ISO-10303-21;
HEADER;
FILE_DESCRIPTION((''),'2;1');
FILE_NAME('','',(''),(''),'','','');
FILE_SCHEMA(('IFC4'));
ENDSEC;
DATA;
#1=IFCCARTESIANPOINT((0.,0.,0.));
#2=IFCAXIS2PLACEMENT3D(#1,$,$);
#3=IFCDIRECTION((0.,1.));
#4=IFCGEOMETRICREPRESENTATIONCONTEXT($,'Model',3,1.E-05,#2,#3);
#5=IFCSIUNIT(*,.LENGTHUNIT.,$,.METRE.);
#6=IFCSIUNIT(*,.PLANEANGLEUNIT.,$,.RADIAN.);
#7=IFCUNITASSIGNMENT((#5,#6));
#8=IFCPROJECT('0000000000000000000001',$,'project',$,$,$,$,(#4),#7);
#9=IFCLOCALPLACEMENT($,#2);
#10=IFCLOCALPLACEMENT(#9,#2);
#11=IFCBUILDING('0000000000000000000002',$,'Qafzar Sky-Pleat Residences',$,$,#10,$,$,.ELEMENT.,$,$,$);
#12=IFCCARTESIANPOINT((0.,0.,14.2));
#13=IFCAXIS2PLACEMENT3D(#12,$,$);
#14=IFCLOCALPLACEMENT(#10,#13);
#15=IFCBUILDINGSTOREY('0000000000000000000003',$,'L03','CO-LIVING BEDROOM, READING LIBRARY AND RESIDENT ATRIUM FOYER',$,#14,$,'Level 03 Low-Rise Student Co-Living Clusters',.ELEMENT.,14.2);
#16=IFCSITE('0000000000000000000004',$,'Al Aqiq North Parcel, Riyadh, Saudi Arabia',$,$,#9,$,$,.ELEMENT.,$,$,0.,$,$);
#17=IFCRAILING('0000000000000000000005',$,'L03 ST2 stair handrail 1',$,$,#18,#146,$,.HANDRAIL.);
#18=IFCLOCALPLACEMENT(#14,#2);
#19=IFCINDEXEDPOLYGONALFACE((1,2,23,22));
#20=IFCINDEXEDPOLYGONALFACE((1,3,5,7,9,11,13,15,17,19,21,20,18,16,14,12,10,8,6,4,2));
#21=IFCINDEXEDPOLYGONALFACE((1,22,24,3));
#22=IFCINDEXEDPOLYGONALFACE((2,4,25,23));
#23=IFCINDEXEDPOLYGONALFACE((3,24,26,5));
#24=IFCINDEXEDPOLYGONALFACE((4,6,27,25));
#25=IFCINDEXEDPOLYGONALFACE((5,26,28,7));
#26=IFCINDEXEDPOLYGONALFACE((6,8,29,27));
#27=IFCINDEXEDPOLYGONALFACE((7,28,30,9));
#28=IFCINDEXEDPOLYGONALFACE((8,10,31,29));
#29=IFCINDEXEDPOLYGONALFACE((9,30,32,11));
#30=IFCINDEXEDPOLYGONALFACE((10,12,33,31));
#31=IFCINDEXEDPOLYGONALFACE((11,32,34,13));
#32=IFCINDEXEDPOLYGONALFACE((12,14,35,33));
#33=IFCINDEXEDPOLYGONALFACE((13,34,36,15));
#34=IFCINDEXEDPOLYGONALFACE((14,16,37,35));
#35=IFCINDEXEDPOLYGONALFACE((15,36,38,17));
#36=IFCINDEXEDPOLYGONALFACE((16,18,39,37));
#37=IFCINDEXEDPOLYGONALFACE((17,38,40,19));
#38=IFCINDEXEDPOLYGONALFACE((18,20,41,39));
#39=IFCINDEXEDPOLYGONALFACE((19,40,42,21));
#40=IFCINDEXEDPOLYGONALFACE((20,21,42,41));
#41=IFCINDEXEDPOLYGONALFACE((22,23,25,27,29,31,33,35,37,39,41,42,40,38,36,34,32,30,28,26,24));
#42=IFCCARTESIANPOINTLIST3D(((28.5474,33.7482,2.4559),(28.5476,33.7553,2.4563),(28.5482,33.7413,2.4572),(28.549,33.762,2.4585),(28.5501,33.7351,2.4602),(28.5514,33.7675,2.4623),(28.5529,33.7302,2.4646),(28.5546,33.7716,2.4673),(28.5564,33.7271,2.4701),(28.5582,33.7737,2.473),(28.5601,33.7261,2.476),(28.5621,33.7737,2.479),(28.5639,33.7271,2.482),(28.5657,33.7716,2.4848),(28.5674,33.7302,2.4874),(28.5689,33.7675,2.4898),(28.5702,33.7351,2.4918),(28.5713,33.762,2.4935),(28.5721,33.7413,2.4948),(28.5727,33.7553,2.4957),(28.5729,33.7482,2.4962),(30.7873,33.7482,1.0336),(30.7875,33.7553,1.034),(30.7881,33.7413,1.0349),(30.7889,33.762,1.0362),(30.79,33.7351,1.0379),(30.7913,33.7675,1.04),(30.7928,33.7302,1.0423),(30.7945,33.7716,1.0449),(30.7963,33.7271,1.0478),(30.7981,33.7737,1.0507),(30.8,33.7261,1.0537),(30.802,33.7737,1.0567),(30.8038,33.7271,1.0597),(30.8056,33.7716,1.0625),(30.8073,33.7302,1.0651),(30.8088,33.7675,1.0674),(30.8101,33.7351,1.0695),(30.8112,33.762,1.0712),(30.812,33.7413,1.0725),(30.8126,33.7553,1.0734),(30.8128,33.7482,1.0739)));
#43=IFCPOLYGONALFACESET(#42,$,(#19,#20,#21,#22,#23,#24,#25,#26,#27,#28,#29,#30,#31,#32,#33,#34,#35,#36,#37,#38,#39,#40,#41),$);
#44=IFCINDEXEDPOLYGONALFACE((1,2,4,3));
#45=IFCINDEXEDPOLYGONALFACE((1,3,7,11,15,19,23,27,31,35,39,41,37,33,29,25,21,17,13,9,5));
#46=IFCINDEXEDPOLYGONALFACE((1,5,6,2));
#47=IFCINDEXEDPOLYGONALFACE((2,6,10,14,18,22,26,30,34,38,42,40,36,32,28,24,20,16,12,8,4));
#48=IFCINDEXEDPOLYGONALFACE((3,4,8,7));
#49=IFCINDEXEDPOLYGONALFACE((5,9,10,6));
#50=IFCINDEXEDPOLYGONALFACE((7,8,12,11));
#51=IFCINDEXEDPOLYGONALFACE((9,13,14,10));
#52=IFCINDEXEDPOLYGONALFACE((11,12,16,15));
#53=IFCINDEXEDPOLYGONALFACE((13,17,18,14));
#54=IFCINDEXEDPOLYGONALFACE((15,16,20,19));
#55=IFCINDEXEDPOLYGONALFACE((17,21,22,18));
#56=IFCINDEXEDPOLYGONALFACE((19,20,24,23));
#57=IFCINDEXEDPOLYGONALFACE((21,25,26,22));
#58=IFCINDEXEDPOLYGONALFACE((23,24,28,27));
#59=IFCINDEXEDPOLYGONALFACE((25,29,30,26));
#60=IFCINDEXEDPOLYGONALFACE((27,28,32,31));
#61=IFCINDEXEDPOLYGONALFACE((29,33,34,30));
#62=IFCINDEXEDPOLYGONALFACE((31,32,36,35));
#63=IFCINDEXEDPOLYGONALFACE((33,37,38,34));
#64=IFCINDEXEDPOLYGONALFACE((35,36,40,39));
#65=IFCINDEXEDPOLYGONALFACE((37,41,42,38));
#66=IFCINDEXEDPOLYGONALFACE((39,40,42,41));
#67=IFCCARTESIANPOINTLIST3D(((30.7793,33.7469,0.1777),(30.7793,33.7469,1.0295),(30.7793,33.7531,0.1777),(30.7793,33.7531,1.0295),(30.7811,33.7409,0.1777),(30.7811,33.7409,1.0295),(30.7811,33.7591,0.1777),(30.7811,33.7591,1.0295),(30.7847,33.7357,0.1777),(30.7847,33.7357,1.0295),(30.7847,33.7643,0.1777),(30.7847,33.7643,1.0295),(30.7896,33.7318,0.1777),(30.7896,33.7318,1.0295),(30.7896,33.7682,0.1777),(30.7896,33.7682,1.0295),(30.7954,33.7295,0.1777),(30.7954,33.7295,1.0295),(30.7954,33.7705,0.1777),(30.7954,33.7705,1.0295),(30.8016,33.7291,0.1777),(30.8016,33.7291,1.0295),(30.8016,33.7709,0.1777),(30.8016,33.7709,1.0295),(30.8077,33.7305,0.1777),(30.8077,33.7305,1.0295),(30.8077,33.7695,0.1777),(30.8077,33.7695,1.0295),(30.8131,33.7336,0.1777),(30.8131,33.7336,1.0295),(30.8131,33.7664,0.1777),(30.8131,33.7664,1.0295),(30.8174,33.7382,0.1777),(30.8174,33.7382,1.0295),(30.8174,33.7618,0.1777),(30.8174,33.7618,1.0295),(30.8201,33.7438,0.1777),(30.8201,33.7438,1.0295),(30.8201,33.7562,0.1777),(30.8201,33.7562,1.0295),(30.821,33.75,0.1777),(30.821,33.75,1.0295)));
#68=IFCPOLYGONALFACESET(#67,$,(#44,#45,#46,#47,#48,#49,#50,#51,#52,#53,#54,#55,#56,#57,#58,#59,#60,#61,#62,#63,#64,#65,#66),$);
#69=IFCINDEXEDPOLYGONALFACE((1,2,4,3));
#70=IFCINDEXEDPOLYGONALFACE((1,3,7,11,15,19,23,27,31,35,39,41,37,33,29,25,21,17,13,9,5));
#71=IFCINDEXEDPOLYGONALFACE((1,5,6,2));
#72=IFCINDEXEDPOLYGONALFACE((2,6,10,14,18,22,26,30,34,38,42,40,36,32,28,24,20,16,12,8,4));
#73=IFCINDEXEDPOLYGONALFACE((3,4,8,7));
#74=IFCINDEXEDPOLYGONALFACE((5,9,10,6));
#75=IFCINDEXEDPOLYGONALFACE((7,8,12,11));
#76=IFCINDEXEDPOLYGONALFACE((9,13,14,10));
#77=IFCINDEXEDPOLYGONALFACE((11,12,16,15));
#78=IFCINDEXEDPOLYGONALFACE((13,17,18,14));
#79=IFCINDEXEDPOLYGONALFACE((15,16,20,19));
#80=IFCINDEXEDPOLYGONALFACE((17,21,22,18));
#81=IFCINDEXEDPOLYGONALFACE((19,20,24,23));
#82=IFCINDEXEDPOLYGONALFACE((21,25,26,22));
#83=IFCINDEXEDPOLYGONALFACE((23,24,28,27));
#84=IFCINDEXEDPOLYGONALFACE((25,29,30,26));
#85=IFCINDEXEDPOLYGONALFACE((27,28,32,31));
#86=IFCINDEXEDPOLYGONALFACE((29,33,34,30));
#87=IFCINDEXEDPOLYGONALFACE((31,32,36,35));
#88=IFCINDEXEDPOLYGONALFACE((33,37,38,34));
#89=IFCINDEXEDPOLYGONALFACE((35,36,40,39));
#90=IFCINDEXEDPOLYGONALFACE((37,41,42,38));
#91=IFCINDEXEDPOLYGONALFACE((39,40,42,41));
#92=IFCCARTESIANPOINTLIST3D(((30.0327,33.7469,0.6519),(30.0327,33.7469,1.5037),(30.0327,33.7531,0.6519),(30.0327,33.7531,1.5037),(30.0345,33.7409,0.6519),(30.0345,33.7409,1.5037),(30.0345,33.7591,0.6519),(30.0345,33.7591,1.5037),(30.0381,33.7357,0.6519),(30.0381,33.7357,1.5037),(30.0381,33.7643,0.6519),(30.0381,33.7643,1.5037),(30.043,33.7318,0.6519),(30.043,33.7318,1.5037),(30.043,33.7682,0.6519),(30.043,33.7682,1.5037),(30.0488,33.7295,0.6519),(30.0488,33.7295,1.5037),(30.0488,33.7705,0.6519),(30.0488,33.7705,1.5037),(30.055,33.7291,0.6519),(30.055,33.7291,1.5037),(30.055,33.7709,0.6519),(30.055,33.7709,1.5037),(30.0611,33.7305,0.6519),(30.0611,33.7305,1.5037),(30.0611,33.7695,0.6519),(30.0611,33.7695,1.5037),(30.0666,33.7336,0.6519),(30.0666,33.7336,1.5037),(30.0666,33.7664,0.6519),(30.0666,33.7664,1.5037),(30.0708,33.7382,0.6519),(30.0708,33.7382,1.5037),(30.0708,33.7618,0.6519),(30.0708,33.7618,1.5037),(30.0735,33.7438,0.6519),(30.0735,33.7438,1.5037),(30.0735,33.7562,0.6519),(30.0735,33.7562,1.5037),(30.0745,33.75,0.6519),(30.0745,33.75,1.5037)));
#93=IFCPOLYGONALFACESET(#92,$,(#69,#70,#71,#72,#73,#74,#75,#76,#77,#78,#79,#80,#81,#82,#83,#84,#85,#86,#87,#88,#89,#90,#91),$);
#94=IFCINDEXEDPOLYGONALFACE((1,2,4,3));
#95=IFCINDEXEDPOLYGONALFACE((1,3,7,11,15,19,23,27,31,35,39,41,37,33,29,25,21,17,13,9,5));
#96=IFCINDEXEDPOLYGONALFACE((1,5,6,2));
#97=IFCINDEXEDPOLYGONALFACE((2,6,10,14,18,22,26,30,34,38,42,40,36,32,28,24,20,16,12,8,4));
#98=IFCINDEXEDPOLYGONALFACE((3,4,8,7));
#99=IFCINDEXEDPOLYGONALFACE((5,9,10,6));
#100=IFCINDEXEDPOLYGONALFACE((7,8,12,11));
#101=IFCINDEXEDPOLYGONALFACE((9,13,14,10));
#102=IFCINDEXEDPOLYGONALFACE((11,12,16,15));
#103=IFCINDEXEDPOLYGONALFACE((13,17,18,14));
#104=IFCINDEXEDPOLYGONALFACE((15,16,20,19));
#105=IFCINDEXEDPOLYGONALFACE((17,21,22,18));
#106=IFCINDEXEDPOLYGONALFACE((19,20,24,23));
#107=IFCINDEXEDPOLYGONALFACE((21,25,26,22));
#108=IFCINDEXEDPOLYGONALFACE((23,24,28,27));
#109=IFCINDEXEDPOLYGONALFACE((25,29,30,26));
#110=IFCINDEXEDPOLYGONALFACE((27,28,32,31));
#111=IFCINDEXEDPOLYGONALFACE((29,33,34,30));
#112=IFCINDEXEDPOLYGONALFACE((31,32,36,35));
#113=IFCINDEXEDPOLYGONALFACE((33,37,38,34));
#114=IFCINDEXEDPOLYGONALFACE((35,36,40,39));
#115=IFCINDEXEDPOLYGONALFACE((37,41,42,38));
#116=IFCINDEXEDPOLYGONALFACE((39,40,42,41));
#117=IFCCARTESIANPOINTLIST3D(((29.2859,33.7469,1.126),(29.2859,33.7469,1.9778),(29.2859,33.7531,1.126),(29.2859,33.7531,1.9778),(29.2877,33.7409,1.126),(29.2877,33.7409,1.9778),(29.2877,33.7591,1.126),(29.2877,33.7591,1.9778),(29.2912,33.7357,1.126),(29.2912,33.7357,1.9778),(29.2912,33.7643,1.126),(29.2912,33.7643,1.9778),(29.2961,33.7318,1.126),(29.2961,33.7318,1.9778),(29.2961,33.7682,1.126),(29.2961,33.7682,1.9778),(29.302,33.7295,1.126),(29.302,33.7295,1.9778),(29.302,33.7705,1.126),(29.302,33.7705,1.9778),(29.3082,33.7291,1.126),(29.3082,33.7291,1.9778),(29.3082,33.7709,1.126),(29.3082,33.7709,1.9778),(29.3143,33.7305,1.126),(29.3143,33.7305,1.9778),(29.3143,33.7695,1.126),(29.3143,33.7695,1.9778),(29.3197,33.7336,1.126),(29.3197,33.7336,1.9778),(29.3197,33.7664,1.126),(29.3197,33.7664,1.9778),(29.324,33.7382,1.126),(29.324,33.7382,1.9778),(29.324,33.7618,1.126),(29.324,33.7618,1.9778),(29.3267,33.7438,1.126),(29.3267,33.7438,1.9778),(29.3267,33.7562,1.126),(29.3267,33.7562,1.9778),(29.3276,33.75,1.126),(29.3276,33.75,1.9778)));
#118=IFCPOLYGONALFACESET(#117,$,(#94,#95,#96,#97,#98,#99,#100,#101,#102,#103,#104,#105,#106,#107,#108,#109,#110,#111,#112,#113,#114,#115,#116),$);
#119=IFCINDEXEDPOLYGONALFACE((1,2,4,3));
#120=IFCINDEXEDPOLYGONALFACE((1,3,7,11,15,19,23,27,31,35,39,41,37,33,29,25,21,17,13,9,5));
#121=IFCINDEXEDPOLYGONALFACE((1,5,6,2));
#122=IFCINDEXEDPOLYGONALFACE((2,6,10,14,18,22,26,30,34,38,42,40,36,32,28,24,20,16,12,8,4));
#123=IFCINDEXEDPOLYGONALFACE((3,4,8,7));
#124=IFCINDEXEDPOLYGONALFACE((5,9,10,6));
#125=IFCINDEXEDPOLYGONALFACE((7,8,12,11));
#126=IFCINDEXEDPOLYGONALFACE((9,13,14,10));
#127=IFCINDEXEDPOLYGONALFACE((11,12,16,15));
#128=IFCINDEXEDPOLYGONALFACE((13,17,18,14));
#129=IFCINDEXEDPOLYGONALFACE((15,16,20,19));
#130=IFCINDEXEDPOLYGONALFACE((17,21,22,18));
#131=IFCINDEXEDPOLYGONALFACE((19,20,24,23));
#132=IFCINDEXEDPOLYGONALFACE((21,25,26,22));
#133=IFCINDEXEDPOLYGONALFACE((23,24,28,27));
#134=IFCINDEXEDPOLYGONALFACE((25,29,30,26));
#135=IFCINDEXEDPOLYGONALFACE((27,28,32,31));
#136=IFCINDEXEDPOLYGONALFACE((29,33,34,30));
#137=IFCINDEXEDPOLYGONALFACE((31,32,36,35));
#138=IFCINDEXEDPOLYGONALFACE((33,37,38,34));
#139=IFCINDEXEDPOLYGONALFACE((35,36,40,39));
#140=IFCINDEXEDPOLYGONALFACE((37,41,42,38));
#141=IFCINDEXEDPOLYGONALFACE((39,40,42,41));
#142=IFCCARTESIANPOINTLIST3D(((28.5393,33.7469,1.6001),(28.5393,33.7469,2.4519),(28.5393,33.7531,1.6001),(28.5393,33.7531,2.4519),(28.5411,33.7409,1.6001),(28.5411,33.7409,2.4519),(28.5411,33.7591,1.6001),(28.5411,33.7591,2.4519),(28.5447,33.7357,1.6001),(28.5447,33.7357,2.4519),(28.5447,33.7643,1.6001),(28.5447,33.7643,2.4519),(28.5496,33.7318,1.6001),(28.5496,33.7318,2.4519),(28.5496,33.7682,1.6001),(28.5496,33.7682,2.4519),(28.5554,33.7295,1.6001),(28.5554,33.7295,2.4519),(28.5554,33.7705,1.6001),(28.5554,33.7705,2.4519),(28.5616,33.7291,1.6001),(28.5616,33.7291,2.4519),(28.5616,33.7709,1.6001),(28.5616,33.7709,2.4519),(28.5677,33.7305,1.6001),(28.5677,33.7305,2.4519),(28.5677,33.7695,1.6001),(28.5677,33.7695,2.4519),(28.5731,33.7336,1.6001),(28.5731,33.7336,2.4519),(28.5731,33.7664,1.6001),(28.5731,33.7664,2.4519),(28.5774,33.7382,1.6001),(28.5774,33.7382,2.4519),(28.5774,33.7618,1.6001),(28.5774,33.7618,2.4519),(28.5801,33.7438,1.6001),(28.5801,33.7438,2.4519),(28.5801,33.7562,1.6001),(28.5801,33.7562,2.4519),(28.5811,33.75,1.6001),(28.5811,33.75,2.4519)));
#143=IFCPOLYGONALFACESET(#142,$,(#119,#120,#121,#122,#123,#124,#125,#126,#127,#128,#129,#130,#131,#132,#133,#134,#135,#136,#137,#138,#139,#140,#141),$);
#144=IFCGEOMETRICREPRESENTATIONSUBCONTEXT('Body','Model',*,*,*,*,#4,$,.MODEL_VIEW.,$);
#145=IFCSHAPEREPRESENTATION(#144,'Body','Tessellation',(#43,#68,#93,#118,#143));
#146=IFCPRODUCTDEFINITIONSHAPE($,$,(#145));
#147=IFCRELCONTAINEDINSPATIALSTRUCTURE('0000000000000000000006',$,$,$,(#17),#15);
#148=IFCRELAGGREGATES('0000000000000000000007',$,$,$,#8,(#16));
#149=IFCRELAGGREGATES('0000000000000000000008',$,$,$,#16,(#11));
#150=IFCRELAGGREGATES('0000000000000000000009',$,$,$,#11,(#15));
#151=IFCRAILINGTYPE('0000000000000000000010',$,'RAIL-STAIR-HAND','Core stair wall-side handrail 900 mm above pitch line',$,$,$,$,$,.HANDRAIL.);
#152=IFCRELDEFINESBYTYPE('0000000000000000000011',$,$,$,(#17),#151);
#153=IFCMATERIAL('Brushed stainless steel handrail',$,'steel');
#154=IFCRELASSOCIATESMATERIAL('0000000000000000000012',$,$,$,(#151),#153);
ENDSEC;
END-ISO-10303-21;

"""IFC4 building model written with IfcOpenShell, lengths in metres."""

from ifc_helpers import new_model, si_unit, direction, frame, origin, origin_2d, place, context, subcontext, project, spatial, circle, extrude, source, transform, mapped, material, type_object, element, save


model = new_model("IFC4")

# Units and contexts
model_context = context("Model", 3, precision=1e-05, world=origin(), true_north=direction((0.0, 1.0)))
body_context = subcontext(model_context, "Body", "Model", "MODEL_VIEW")
ifc_project = project(units=[si_unit("LENGTHUNIT", "METRE"), si_unit("PLANEANGLEUNIT", "RADIAN")], contexts=[model_context])

# Site, building, storey
site_placement = place(None, origin())
site = spatial("IfcSite", under=ifc_project, at=site_placement, Name="Al Aqiq North Parcel, Riyadh, Saudi Arabia", CompositionType="ELEMENT", RefElevation=0.0)
building_placement = place(site_placement, origin())
building = spatial("IfcBuilding", under=site, at=building_placement, Name="Qafzar Sky-Pleat Residences", CompositionType="ELEMENT")
storey_placement = place(building_placement, frame((0.0, 0.0, 14.2)))
storey = spatial("IfcBuildingStorey", under=building, at=storey_placement, Name="L03", Description="CO-LIVING BEDROOM, READING LIBRARY AND RESIDENT ATRIUM FOYER", LongName="Level 03 Low-Rise Student Co-Living Clusters", CompositionType="ELEMENT", Elevation=14.2)

# Railing
ifc_material_1 = material(Name="Brushed stainless steel handrail", Category="steel")
railing_type_1 = type_object("IfcRailingType", Name="RAIL-STAIR-HAND", Description="Core stair wall-side handrail 900 mm above pitch line", PredefinedType="HANDRAIL", material=ifc_material_1)
shared_shape_1 = source(origin(), body_context, "Body", "SweptSolid", [
    extrude(circle(Radius=0.0239, at=origin_2d()), frame((0.0, 0.0, 0.876), z_axis=(-0.844188, 0.0, 0.536048), x_axis=(0.0, -1.0, 0.0)), (0.0, 0.0, 1.0), 2.6533),
    extrude(circle(Radius=0.021, at=origin_2d()), origin(), (0.0, 0.0, 1.0), 0.8518),
    extrude(circle(Radius=0.021, at=origin_2d()), frame((-0.7466, 0.0, 0.4741)), (0.0, 0.0, 1.0), 0.8518),
    extrude(circle(Radius=0.021, at=origin_2d()), frame((-1.4934, 0.0, 0.9482)), (0.0, 0.0, 1.0), 0.8518),
    extrude(circle(Radius=0.021, at=origin_2d()), frame((-2.24, 0.0, 1.4224)), (0.0, 0.0, 1.0), 0.8518),
])
railing_1_placement = place(storey_placement, frame((30.8, 33.75, 0.1777)))
element("IfcRailing", 1, at=railing_1_placement, inside=storey, type_object=railing_type_1, Name="L03 ST2 stair handrail 1", PredefinedType="HANDRAIL", context=body_context, shape_type="MappedRepresentation", body=[
    mapped(shared_shape_1, transform((0.0, 0.0, 0.0), x_axis=(1.0, 0.0, 0.0), y_axis=(0.0, 1.0, 0.0), z_axis=(0.0, 0.0, 1.0), scale=1.0)),
])

save(model, "model.ifc")
